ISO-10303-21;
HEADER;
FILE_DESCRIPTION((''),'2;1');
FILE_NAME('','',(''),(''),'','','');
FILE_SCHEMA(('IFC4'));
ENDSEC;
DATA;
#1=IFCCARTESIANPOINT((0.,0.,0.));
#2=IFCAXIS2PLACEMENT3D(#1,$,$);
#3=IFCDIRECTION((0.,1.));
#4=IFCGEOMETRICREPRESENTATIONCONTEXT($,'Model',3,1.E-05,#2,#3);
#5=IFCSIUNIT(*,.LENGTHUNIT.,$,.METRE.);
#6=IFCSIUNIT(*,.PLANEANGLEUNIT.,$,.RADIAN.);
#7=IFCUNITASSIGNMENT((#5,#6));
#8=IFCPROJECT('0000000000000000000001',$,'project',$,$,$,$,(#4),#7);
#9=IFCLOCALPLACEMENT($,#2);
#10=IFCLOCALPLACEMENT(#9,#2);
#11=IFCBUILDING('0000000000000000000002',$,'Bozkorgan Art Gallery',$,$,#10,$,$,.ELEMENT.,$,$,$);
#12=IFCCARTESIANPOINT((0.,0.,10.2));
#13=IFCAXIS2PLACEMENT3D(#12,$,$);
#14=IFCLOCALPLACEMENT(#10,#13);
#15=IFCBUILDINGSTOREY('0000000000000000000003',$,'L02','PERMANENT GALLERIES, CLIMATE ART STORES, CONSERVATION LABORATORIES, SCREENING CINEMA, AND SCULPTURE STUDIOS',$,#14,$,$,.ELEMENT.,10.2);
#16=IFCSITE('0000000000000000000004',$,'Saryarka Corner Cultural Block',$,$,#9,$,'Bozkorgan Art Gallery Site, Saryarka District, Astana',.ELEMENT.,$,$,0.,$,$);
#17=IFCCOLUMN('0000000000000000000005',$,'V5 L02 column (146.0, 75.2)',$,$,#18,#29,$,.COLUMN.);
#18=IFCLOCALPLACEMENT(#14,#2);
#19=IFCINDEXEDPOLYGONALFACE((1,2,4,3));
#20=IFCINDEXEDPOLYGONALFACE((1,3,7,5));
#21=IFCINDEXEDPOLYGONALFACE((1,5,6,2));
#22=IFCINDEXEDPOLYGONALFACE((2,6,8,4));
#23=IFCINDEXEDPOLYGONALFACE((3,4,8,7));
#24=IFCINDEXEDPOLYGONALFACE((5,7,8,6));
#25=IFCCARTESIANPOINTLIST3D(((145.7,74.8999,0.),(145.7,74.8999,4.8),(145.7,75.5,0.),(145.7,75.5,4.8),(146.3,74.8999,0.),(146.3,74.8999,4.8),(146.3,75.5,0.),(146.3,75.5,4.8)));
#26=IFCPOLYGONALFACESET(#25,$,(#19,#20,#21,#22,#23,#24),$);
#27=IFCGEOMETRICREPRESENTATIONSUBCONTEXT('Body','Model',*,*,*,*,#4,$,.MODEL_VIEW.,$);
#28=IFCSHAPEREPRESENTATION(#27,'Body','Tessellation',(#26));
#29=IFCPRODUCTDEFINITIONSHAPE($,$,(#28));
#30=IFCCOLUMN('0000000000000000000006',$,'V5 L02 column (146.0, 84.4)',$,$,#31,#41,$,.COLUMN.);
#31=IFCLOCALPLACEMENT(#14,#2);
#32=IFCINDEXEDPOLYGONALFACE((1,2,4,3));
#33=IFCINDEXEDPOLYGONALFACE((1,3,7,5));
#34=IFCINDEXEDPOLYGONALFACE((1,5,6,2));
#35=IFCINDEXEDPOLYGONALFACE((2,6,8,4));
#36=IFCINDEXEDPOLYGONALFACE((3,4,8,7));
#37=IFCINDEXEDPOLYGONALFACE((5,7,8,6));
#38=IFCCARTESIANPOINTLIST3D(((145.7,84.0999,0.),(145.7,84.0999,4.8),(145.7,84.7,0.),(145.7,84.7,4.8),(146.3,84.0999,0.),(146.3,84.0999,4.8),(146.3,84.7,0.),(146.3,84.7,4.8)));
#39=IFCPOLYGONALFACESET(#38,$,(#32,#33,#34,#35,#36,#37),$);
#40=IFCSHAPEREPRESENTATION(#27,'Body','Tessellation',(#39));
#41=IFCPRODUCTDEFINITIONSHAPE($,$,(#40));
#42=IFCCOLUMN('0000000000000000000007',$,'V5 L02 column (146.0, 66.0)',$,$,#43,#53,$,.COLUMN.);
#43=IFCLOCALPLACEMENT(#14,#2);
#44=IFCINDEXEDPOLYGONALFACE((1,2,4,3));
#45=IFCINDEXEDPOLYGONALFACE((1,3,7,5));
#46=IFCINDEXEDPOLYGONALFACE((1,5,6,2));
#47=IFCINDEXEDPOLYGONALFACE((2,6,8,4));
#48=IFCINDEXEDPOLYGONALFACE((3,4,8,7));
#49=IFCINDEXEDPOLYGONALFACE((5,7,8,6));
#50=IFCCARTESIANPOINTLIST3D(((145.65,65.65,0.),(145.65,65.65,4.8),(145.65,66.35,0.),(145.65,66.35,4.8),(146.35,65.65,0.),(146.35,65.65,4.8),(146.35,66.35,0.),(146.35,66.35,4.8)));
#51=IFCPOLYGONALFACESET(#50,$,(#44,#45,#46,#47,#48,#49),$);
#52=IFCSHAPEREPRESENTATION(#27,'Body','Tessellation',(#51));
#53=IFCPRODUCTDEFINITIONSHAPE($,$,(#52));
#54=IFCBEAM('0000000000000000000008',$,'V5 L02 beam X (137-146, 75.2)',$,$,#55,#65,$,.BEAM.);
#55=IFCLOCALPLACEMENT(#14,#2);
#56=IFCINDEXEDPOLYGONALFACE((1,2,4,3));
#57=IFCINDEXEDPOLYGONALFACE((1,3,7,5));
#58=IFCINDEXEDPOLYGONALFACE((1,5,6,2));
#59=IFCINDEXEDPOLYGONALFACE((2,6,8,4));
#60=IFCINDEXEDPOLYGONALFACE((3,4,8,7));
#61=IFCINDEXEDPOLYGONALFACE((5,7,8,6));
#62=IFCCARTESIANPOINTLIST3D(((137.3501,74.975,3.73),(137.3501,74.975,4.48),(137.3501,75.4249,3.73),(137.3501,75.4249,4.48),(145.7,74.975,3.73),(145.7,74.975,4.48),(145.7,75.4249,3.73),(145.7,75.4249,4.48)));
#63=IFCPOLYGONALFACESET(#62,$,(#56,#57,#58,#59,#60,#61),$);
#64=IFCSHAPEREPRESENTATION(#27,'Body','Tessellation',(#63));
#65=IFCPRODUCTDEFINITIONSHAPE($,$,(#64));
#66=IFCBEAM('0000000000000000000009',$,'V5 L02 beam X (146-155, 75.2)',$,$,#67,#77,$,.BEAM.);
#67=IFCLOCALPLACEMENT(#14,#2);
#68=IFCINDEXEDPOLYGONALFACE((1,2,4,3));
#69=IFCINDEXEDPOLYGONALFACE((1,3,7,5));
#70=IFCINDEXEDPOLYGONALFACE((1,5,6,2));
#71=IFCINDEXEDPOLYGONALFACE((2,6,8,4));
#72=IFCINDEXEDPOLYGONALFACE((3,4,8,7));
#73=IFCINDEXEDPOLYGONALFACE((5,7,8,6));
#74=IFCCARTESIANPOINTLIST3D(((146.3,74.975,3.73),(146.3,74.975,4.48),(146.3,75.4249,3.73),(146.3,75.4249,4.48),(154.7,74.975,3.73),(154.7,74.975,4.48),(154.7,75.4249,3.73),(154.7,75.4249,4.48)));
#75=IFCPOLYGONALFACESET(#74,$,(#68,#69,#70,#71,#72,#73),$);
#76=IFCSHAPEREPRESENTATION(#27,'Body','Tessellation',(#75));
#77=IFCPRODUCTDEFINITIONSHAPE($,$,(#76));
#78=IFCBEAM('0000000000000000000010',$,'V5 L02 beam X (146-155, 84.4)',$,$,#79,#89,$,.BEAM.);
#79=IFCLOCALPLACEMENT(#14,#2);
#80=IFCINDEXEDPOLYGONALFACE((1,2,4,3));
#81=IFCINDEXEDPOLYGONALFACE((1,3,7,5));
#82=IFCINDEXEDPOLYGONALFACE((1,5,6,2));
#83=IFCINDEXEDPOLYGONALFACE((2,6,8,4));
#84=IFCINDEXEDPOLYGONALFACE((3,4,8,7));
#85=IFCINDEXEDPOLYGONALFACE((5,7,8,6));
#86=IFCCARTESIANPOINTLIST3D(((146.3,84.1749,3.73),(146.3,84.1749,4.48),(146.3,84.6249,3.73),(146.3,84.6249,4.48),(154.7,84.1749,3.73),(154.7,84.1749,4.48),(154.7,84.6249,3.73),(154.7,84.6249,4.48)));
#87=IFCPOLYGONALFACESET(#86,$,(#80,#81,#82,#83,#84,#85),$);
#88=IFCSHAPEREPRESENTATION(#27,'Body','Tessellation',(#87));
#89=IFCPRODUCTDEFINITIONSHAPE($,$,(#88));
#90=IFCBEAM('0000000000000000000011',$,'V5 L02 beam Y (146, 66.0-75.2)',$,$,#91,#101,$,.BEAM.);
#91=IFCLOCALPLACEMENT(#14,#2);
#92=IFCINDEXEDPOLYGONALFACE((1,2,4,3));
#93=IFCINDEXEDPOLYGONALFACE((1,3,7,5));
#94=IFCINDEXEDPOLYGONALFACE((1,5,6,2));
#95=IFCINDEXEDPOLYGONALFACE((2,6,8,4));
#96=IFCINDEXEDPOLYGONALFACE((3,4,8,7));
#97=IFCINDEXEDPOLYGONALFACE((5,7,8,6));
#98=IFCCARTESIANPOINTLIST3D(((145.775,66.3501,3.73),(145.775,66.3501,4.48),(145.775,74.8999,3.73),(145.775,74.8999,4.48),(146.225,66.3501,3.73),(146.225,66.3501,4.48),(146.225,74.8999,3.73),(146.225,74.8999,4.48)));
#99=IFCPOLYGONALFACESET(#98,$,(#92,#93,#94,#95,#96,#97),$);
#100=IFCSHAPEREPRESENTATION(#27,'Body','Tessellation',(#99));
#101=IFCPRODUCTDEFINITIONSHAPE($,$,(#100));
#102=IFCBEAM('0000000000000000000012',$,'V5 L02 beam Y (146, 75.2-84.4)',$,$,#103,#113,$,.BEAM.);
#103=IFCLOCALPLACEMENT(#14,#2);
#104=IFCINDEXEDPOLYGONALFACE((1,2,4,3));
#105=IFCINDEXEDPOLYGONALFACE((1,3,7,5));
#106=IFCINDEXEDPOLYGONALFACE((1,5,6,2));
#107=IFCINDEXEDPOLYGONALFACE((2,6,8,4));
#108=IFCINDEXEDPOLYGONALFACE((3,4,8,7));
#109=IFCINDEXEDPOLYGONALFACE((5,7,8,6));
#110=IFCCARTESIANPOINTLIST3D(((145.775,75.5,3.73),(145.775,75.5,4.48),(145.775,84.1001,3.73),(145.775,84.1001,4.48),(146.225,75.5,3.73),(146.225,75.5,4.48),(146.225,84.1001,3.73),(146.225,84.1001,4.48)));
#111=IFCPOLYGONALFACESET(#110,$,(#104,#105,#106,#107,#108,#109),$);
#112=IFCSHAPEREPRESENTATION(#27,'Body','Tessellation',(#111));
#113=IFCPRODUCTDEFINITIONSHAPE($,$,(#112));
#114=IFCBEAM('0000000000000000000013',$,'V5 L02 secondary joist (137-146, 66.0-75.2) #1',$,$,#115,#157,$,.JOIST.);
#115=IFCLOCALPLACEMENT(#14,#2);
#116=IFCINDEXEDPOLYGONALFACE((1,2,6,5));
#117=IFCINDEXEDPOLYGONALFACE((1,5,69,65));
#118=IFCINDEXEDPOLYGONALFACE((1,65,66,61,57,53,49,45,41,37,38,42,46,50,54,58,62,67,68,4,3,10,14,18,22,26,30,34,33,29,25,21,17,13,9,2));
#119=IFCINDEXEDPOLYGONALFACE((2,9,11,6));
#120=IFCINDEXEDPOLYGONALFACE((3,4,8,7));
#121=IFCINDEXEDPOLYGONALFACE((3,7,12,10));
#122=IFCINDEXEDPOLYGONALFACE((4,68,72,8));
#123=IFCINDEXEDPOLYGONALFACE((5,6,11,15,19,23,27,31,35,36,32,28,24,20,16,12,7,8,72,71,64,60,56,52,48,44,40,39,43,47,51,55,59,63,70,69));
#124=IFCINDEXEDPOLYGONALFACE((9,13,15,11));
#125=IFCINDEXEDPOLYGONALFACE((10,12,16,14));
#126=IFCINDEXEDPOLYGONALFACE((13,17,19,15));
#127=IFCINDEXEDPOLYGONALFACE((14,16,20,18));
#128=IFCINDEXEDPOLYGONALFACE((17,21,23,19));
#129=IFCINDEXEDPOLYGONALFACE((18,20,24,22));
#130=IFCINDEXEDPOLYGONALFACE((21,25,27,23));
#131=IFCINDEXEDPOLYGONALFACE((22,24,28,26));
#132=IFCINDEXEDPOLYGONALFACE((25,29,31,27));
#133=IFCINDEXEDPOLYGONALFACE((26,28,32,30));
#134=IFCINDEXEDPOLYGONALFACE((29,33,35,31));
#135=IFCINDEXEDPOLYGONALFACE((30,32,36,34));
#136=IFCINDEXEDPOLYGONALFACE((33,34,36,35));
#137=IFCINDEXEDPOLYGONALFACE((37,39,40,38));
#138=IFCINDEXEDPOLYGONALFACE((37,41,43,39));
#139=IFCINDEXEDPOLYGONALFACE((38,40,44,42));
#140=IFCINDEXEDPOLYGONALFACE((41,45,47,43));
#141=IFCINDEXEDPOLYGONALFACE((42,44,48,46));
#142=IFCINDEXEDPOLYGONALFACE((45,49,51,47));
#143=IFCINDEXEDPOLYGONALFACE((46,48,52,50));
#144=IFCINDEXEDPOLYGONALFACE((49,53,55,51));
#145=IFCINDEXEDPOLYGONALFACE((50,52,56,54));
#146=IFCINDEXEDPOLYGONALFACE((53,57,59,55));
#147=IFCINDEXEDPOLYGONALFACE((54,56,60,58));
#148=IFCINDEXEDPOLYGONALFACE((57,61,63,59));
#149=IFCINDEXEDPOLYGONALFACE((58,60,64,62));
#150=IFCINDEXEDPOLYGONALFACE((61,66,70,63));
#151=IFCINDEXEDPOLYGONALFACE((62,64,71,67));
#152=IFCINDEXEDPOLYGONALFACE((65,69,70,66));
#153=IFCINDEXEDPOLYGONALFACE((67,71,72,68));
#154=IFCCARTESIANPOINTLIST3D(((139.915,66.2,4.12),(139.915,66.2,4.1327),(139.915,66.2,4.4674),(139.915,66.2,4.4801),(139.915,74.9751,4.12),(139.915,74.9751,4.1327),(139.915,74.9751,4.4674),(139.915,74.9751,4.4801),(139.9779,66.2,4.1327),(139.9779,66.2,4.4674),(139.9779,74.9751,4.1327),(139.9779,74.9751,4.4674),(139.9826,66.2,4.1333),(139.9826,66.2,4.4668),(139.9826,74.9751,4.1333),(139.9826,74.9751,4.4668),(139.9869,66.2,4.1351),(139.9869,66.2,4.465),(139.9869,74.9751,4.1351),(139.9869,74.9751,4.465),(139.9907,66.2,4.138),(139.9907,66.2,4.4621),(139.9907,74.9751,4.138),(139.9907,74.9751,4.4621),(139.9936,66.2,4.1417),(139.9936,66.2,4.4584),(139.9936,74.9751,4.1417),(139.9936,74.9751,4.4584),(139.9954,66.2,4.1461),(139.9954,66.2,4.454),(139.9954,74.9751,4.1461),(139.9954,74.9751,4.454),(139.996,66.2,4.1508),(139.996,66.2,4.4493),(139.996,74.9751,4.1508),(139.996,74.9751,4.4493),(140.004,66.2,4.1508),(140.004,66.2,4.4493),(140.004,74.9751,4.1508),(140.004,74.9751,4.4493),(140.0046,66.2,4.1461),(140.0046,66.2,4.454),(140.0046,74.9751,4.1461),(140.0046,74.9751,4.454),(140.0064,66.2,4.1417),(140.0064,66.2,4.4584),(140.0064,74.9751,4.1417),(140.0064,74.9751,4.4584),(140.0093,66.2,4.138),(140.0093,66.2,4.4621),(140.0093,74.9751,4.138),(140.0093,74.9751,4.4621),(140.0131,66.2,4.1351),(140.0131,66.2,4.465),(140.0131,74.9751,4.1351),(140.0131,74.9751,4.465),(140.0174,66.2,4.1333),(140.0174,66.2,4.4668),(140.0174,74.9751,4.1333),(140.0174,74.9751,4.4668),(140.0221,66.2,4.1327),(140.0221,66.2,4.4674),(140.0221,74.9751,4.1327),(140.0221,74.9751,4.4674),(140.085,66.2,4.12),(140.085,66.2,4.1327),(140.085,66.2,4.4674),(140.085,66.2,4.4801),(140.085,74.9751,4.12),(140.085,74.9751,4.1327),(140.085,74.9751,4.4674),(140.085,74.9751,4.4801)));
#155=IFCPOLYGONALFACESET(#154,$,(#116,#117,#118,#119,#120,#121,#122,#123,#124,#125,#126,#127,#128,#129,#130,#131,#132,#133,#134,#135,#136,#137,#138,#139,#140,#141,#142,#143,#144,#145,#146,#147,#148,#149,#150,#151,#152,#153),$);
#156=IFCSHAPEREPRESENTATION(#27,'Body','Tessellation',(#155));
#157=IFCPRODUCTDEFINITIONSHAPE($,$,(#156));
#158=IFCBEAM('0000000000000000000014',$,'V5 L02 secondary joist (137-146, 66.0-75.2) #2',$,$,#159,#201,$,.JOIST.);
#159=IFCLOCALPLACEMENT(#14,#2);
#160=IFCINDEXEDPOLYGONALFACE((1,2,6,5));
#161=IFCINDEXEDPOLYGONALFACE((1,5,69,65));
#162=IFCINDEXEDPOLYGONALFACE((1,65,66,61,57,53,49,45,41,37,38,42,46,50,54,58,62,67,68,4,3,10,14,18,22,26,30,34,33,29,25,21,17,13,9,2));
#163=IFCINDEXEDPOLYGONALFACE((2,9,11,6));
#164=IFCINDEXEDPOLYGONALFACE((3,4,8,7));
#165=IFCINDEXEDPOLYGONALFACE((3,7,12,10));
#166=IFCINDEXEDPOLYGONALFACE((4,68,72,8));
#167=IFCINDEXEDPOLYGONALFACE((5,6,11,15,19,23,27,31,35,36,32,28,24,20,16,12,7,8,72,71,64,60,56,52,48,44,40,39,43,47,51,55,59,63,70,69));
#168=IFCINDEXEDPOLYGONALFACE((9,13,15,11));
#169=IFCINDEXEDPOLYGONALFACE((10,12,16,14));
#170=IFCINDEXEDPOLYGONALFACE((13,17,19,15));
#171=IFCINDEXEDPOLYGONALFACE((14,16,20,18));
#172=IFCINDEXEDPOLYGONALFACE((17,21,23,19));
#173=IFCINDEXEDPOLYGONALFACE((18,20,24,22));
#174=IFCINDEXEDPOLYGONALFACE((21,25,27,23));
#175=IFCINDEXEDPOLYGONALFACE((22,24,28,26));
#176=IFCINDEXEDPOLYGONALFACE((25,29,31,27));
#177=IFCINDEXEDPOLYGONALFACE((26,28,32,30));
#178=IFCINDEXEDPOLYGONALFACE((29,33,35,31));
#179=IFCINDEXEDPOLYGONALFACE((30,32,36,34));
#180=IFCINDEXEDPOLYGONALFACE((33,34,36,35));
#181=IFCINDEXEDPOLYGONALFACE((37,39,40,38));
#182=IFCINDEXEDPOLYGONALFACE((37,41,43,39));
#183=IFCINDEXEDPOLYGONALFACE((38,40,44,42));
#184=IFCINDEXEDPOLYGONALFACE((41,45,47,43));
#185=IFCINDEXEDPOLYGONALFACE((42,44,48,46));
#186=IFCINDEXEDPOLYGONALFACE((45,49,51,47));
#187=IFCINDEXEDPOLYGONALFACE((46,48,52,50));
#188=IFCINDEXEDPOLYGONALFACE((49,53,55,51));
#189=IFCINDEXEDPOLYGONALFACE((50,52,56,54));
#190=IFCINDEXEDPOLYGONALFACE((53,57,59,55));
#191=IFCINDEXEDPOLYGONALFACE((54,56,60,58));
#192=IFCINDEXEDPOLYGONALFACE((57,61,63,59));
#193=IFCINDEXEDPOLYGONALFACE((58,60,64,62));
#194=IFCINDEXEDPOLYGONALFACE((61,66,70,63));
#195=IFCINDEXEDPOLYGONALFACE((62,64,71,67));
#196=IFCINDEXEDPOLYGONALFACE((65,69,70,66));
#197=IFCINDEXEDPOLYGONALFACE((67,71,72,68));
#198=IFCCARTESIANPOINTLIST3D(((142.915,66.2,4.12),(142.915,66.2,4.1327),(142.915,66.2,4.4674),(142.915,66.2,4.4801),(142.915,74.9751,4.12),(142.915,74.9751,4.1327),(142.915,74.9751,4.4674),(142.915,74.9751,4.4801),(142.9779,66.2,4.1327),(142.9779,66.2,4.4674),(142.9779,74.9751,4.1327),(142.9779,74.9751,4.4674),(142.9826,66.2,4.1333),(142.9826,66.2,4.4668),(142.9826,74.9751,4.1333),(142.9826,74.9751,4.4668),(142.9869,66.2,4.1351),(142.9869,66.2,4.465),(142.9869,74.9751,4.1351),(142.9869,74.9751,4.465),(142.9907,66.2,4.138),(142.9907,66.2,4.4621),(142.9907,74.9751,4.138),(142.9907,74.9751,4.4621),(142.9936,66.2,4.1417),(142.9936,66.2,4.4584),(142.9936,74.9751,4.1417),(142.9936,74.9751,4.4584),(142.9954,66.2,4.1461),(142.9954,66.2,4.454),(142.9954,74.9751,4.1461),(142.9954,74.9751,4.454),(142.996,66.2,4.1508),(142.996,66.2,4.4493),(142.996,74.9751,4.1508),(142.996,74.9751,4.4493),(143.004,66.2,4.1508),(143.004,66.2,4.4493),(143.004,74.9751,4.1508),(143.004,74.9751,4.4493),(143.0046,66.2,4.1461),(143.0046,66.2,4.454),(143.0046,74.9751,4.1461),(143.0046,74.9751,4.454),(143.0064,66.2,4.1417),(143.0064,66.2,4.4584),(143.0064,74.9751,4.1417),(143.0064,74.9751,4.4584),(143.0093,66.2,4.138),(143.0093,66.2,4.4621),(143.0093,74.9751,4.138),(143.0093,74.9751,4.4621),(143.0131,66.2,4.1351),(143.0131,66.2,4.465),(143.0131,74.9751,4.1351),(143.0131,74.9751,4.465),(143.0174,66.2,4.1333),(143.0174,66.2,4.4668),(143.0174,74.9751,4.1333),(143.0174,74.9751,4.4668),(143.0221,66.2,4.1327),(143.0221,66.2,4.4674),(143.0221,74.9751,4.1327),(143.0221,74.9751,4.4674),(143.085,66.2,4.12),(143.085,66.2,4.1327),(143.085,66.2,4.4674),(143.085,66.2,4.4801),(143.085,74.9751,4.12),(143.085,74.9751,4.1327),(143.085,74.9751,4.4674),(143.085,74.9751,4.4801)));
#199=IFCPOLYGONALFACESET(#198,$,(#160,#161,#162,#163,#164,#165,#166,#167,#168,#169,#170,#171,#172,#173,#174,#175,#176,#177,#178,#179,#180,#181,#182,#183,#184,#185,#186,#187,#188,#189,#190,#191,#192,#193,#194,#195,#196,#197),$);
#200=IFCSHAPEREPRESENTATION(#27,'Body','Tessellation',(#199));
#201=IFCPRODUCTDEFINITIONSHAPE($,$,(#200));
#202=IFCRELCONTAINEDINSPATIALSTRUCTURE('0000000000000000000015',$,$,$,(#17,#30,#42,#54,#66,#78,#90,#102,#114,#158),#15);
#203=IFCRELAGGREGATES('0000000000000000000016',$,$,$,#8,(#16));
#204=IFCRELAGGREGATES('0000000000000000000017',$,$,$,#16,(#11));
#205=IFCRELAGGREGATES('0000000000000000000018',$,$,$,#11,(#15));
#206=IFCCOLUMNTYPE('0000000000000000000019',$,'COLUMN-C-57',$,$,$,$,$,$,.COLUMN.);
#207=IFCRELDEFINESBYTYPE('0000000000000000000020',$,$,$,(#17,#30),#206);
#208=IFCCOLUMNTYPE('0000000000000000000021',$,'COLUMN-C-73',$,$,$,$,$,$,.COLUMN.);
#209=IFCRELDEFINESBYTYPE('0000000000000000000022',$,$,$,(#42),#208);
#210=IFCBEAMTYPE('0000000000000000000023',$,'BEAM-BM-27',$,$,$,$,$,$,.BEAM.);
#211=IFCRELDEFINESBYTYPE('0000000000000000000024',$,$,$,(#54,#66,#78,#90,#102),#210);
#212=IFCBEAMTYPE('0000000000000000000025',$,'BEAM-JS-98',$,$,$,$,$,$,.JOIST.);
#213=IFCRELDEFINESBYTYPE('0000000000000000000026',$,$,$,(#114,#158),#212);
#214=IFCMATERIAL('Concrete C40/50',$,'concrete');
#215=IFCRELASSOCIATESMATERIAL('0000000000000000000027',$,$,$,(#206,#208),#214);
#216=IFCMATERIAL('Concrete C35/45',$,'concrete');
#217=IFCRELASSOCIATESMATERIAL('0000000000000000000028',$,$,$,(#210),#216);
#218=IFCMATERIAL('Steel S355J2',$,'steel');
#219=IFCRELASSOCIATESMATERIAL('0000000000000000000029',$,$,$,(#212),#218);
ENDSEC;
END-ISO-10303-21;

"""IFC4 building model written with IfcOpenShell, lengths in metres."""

from ifc_helpers import new_model, si_unit, direction, frame, origin, origin_2d, place, context, subcontext, project, spatial, rectangle, i_section, extrude, material, material_profile, profile_set, type_object, element, save


model = new_model("IFC4")

# Units and contexts
model_context = context("Model", 3, precision=1e-05, world=origin(), true_north=direction((0.0, 1.0)))
body_context = subcontext(model_context, "Body", "Model", "MODEL_VIEW")
ifc_project = project(units=[si_unit("LENGTHUNIT", "METRE"), si_unit("PLANEANGLEUNIT", "RADIAN")], contexts=[model_context])

# Site, building, storey
site_placement = place(None, origin())
site = spatial("IfcSite", under=ifc_project, at=site_placement, Name="Saryarka Corner Cultural Block", LongName="Bozkorgan Art Gallery Site, Saryarka District, Astana", CompositionType="ELEMENT", RefElevation=0.0)
building_placement = place(site_placement, origin())
building = spatial("IfcBuilding", under=site, at=building_placement, Name="Bozkorgan Art Gallery", CompositionType="ELEMENT")
storey_placement = place(building_placement, frame((0.0, 0.0, 10.2)))
storey = spatial("IfcBuildingStorey", under=building, at=storey_placement, Name="L02", Description="PERMANENT GALLERIES, CLIMATE ART STORES, CONSERVATION LABORATORIES, SCREENING CINEMA, AND SCULPTURE STUDIOS", CompositionType="ELEMENT", Elevation=10.2)

# Columns
ifc_material_1 = material(Name="Concrete C40/50", Category="concrete")
ifc_material_profile_1 = material_profile(ifc_material_1, rectangle(XDim=0.6001, YDim=0.6001, at=origin_2d()), Name="RC 600x600")
ifc_profile_set_1 = profile_set([ifc_material_profile_1], Name="Concrete C40/50")
column_type_1 = type_object("IfcColumnType", Name="COLUMN-C-57", PredefinedType="COLUMN", material=ifc_profile_set_1)
for number, where, z_axis, x_axis, name in (
    (1, (146.0, 75.2, 0.0), (0.0, 0.0, 1.0), (1.0, 0.0, 0.0), "V5 L02 column (146.0, 75.2)"),
    (2, (146.0, 84.3999, 0.0), (0.0, 0.0, 1.0), (1.0, 0.0, 0.0), "V5 L02 column (146.0, 84.4)"),
):
    element("IfcColumn", number, at=place(storey_placement, frame(where, z_axis=z_axis, x_axis=x_axis)), inside=storey, type_object=column_type_1, Name=name, PredefinedType="COLUMN", context=body_context, shape_type="SweptSolid", body=[
        extrude(rectangle(XDim=0.6001, YDim=0.6001, at=origin_2d()), origin(), (0.0, 0.0, 1.0), 4.8),
    ])
ifc_material_profile_2 = material_profile(ifc_material_1, rectangle(XDim=0.7, YDim=0.7, at=origin_2d()), Name="RC 700x700")
ifc_profile_set_2 = profile_set([ifc_material_profile_2], Name="Concrete C40/50")
column_type_2 = type_object("IfcColumnType", Name="COLUMN-C-73", PredefinedType="COLUMN", material=ifc_profile_set_2)
column_placement = place(storey_placement, frame((146.0, 66.0, 0.0), z_axis=(0.0, 0.0, 1.0), x_axis=(1.0, 0.0, 0.0)))
element("IfcColumn", 3, at=column_placement, inside=storey, type_object=column_type_2, Name="V5 L02 column (146.0, 66.0)", PredefinedType="COLUMN", context=body_context, shape_type="SweptSolid", body=[
    extrude(rectangle(XDim=0.7, YDim=0.7, at=origin_2d()), origin(), (0.0, 0.0, 1.0), 4.8),
])

# Beams
ifc_material_2 = material(Name="Concrete C35/45", Category="concrete")
ifc_material_profile_3 = material_profile(ifc_material_2, rectangle(XDim=0.45, YDim=0.75, at=origin_2d()), Name="RC 450x750")
ifc_profile_set_3 = profile_set([ifc_material_profile_3], Name="Concrete C35/45")
beam_type_1 = type_object("IfcBeamType", Name="BEAM-BM-27", PredefinedType="BEAM", material=ifc_profile_set_3)
beam_1_placement = place(storey_placement, frame((137.3501, 75.2, 4.105), z_axis=(1.0, 0.0, 0.0), x_axis=(0.0, 1.0, 0.0)))
element("IfcBeam", 4, at=beam_1_placement, inside=storey, type_object=beam_type_1, Name="V5 L02 beam X (137-146, 75.2)", PredefinedType="BEAM", context=body_context, shape_type="SweptSolid", body=[
    extrude(rectangle(XDim=0.45, YDim=0.75, at=origin_2d()), origin(), (0.0, 0.0, 1.0), 8.3499),
])
for number, where, z_axis, x_axis, name in (
    (5, (146.3, 75.2, 4.105), (1.0, 0.0, 0.0), (0.0, 1.0, 0.0), "V5 L02 beam X (146-155, 75.2)"),
    (6, (146.3, 84.3999, 4.105), (1.0, 0.0, 0.0), (0.0, 1.0, 0.0), "V5 L02 beam X (146-155, 84.4)"),
):
    element("IfcBeam", number, at=place(storey_placement, frame(where, z_axis=z_axis, x_axis=x_axis)), inside=storey, type_object=beam_type_1, Name=name, PredefinedType="BEAM", context=body_context, shape_type="SweptSolid", body=[
        extrude(rectangle(XDim=0.45, YDim=0.75, at=origin_2d()), origin(), (0.0, 0.0, 1.0), 8.3999),
    ])
beam_2_placement = place(storey_placement, frame((146.0, 66.3501, 4.105), z_axis=(0.0, 1.0, 0.0), x_axis=(-1.0, 0.0, 0.0)))
element("IfcBeam", 7, at=beam_2_placement, inside=storey, type_object=beam_type_1, Name="V5 L02 beam Y (146, 66.0-75.2)", PredefinedType="BEAM", context=body_context, shape_type="SweptSolid", body=[
    extrude(rectangle(XDim=0.45, YDim=0.75, at=origin_2d()), origin(), (0.0, 0.0, 1.0), 8.5498),
])
beam_3_placement = place(storey_placement, frame((146.0, 75.5, 4.105), z_axis=(0.0, 1.0, 0.0), x_axis=(-1.0, 0.0, 0.0)))
element("IfcBeam", 8, at=beam_3_placement, inside=storey, type_object=beam_type_1, Name="V5 L02 beam Y (146, 75.2-84.4)", PredefinedType="BEAM", context=body_context, shape_type="SweptSolid", body=[
    extrude(rectangle(XDim=0.45, YDim=0.75, at=origin_2d()), origin(), (0.0, 0.0, 1.0), 8.6001),
])
ifc_material_3 = material(Name="Steel S355J2", Category="steel")
ifc_material_profile_4 = material_profile(ifc_material_3, i_section(OverallWidth=0.1699, OverallDepth=0.3601, WebThickness=0.0081, FlangeThickness=0.0127, FilletRadius=0.0181, at=origin_2d()), Name="IPE 360")
ifc_profile_set_4 = profile_set([ifc_material_profile_4], Name="Steel S355J2")
beam_type_2 = type_object("IfcBeamType", Name="BEAM-JS-98", PredefinedType="JOIST", material=ifc_profile_set_4)
for number, where, z_axis, x_axis, name in (
    (9, (140.0, 66.2, 4.3), (0.0, 1.0, 0.0), (-1.0, 0.0, 0.0), "V5 L02 secondary joist (137-146, 66.0-75.2) #1"),
    (10, (143.0, 66.2, 4.3), (0.0, 1.0, 0.0), (-1.0, 0.0, 0.0), "V5 L02 secondary joist (137-146, 66.0-75.2) #2"),
):
    element("IfcBeam", number, at=place(storey_placement, frame(where, z_axis=z_axis, x_axis=x_axis)), inside=storey, type_object=beam_type_2, Name=name, PredefinedType="JOIST", context=body_context, shape_type="SweptSolid", body=[
        extrude(i_section(OverallWidth=0.1699, OverallDepth=0.3601, WebThickness=0.0081, FlangeThickness=0.0127, FilletRadius=0.0181, at=origin_2d()), origin(), (0.0, 0.0, 1.0), 8.7751),
    ])

save(model, "model.ifc")
